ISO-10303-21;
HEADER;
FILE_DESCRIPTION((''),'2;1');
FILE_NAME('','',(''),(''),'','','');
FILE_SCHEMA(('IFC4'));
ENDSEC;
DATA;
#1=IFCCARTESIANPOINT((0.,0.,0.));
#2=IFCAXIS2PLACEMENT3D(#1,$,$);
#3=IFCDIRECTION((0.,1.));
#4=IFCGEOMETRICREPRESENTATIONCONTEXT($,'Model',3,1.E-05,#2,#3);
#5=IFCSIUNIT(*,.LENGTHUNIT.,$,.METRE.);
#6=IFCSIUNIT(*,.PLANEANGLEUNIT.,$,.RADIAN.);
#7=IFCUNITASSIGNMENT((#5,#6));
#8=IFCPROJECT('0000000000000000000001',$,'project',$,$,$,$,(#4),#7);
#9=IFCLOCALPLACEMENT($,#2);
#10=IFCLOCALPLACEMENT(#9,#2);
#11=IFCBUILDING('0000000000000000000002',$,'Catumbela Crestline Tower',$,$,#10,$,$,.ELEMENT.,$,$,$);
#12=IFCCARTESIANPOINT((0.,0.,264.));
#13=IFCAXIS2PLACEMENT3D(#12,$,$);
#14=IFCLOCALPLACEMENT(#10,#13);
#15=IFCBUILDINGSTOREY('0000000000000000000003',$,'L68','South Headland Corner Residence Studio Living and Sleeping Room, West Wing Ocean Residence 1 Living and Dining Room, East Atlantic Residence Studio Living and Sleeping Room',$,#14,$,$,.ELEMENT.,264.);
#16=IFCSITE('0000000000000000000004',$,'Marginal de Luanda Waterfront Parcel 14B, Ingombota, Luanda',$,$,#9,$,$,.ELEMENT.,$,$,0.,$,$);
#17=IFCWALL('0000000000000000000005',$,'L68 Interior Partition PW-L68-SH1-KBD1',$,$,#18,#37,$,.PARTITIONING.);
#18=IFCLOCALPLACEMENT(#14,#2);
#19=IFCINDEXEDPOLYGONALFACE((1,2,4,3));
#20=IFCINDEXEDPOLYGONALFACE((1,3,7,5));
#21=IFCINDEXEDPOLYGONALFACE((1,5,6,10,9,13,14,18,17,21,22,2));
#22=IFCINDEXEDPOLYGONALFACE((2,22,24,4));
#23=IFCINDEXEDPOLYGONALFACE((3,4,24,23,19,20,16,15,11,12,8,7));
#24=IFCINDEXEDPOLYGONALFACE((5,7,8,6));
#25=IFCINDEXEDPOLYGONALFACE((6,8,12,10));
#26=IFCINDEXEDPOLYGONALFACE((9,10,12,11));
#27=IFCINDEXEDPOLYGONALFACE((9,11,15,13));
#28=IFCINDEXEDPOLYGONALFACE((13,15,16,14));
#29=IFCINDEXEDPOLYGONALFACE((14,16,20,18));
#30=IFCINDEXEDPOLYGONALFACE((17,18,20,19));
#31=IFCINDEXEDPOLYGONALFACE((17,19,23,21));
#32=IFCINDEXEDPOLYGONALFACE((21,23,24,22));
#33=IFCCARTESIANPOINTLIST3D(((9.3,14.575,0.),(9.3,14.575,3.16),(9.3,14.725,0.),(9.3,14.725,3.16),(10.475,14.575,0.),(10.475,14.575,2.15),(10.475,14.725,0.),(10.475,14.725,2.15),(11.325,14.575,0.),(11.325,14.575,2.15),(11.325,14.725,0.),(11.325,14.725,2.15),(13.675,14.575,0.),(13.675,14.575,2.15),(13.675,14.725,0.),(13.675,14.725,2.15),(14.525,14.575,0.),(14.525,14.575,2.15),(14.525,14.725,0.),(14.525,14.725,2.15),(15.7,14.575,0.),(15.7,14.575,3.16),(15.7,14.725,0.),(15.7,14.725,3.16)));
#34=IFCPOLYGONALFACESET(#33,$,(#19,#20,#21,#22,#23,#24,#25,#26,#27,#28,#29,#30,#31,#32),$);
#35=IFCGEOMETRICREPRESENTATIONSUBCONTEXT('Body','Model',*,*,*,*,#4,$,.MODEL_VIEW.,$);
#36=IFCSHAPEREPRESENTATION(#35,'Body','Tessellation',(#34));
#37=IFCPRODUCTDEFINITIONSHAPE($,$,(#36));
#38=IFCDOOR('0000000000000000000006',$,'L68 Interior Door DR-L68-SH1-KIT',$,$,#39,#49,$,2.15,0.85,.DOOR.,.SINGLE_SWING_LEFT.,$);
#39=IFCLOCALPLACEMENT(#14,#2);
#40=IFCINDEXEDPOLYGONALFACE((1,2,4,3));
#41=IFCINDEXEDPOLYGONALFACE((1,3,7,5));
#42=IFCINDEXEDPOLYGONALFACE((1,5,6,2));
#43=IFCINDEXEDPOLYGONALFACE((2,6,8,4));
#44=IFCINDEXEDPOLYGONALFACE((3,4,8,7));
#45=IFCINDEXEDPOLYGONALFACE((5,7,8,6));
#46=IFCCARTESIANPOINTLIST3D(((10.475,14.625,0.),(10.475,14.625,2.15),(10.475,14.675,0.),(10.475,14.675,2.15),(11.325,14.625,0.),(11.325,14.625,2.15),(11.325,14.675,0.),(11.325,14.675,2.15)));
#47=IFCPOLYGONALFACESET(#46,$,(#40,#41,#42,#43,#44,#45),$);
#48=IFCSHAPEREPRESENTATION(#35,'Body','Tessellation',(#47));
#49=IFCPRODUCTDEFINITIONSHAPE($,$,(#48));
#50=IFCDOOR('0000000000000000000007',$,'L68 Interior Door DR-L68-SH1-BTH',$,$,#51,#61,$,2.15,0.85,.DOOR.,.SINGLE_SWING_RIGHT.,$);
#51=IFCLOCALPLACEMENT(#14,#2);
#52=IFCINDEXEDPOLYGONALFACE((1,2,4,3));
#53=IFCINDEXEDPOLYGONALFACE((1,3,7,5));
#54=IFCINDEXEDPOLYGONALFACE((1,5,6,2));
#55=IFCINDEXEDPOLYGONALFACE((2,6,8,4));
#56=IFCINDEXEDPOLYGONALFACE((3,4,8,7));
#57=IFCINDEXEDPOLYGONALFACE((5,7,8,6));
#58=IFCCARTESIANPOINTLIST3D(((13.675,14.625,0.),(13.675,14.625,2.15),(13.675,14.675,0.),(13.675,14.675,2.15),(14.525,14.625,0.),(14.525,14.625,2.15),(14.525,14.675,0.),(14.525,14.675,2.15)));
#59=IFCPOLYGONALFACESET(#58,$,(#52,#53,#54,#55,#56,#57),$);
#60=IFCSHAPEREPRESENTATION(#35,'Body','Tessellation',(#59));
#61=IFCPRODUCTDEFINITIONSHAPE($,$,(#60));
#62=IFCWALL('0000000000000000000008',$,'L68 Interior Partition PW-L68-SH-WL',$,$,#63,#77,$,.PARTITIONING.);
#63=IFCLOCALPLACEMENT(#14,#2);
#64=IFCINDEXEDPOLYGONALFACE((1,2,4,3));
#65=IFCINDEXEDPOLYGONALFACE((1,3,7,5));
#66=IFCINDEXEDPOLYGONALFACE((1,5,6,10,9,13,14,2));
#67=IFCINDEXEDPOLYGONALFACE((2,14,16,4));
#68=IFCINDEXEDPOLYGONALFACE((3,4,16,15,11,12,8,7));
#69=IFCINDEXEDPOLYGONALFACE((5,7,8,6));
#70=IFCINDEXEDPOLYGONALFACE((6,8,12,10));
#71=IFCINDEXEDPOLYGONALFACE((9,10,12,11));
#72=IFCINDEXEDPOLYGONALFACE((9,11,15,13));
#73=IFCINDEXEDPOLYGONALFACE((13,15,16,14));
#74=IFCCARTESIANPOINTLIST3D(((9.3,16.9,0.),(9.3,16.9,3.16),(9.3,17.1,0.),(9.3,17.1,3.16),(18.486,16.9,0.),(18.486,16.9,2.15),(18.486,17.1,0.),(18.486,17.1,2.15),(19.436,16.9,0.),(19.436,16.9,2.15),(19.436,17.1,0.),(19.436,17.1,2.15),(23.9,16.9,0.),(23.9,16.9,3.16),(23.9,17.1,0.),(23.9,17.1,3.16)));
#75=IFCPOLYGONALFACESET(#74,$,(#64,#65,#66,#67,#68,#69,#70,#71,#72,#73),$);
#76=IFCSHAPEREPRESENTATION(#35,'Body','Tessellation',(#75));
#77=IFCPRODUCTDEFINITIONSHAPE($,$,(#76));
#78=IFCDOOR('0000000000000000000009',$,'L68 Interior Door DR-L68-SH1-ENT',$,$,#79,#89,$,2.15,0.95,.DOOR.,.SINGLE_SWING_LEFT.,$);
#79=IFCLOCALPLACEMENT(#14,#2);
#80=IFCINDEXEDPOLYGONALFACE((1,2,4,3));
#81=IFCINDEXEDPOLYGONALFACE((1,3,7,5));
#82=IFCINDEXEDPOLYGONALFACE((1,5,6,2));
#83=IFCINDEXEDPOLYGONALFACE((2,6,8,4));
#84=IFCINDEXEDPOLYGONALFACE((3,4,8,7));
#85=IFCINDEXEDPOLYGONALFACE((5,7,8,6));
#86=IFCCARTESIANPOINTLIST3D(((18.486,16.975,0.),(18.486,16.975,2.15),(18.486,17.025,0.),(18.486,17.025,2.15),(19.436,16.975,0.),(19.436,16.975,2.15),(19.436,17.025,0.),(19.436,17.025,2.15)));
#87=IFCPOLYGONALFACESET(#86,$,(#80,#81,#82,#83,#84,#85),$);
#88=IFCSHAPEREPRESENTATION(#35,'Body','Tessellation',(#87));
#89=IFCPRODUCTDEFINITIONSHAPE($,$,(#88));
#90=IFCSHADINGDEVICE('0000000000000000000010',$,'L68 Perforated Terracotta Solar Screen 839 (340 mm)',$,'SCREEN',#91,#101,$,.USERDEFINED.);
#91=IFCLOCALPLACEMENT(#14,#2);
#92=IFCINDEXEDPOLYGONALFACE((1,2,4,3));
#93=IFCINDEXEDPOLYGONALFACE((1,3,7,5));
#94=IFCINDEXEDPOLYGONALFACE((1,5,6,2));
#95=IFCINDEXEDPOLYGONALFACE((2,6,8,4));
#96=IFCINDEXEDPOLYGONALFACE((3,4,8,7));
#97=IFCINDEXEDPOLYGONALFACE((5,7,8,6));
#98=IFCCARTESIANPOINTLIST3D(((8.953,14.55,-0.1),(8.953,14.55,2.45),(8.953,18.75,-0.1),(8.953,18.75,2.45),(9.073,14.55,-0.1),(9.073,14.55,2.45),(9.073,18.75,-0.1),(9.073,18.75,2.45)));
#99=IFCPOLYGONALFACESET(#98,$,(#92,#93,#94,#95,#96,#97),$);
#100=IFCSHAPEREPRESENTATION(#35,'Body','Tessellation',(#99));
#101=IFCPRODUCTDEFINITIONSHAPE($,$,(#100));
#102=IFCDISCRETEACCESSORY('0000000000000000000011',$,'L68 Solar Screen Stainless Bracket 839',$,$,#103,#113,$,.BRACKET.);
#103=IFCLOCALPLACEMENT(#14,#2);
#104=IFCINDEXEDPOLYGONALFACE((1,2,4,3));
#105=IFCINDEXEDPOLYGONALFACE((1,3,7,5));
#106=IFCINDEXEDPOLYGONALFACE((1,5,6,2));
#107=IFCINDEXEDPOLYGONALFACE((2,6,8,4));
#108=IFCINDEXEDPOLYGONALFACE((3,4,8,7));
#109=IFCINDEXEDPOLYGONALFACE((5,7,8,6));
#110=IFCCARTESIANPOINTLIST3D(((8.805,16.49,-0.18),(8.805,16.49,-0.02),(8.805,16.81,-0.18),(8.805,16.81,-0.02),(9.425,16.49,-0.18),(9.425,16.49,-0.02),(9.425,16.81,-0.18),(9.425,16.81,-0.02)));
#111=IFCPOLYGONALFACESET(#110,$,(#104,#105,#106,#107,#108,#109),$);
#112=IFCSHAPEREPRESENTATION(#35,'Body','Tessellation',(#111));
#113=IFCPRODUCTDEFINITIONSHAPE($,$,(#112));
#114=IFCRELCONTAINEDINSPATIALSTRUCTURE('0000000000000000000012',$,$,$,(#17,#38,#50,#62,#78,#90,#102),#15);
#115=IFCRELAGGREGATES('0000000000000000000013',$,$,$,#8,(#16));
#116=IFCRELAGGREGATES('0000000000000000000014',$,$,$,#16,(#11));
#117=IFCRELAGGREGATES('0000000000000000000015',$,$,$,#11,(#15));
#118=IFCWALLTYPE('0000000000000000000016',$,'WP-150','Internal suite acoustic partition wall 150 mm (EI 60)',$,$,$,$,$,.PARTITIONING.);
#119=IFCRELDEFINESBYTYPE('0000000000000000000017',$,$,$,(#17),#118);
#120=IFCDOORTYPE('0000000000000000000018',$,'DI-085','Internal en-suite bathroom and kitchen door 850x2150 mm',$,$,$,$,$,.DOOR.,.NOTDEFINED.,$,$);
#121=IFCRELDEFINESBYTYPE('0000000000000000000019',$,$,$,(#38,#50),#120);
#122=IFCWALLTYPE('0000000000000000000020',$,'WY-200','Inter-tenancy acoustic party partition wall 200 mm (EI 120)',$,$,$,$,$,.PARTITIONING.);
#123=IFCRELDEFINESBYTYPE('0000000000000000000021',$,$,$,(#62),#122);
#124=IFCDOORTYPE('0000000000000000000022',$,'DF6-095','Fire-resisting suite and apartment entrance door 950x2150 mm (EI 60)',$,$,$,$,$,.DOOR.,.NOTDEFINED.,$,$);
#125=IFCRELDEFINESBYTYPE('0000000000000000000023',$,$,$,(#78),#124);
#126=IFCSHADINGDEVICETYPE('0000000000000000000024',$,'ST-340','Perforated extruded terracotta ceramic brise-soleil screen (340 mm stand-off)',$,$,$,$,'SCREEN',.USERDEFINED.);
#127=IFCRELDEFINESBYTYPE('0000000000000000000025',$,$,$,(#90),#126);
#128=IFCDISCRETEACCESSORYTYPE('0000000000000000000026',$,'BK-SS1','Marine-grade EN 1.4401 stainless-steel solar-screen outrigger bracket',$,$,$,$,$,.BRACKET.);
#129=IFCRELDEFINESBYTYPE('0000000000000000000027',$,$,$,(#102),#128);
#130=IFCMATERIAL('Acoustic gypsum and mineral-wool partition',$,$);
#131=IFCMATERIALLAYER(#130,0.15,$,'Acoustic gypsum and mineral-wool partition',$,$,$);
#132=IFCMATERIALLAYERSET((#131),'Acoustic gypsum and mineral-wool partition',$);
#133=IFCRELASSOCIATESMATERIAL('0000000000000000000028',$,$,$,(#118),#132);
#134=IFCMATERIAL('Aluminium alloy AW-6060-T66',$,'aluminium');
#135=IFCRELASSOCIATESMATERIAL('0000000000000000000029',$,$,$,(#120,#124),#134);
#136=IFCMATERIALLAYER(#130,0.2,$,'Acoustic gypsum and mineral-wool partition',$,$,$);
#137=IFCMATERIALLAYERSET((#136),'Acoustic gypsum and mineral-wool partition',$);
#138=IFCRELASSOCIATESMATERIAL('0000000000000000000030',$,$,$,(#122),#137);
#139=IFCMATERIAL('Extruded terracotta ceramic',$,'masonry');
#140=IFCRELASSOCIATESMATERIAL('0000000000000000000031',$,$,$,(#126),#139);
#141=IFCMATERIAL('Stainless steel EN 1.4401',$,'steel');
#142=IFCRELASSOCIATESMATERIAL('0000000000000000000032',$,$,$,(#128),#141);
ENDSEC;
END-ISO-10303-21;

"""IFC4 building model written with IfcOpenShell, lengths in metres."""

from ifc_helpers import new_model, si_unit, direction, frame, frame_2d, origin, origin_2d, place, context, subcontext, project, spatial, rectangle, extrude, material, layer, layer_set, type_object, element, fill, save


model = new_model("IFC4")

# Units and contexts
model_context = context("Model", 3, precision=1e-05, world=origin(), true_north=direction((0.0, 1.0)))
body_context = subcontext(model_context, "Body", "Model", "MODEL_VIEW")
ifc_project = project(units=[si_unit("LENGTHUNIT", "METRE"), si_unit("PLANEANGLEUNIT", "RADIAN")], contexts=[model_context])

# Site, building, storey
site_placement = place(None, origin())
site = spatial("IfcSite", under=ifc_project, at=site_placement, Name="Marginal de Luanda Waterfront Parcel 14B, Ingombota, Luanda", CompositionType="ELEMENT", RefElevation=0.0)
building_placement = place(site_placement, origin())
building = spatial("IfcBuilding", under=site, at=building_placement, Name="Catumbela Crestline Tower", CompositionType="ELEMENT")
storey_placement = place(building_placement, frame((0.0, 0.0, 264.0)))
storey = spatial("IfcBuildingStorey", under=building, at=storey_placement, Name="L68", Description="South Headland Corner Residence Studio Living and Sleeping Room, West Wing Ocean Residence 1 Living and Dining Room, East Atlantic Residence Studio Living and Sleeping Room", CompositionType="ELEMENT", Elevation=264.0)

# Shared definitions
ifc_material_1 = material(Name="Aluminium alloy AW-6060-T66", Category="aluminium")

# Shared definitions
ifc_material_2 = material(Name="Acoustic gypsum and mineral-wool partition")
ifc_layer_1 = layer(ifc_material_2, 0.15, Name="Acoustic gypsum and mineral-wool partition")
ifc_layer_set_1 = layer_set([ifc_layer_1], Name="Acoustic gypsum and mineral-wool partition")
wall_type_1 = type_object("IfcWallType", Name="WP-150", Description="Internal suite acoustic partition wall 150 mm (EI 60)", PredefinedType="PARTITIONING", material=ifc_layer_set_1)

# Wall, openings, doors
wall_1_placement = place(storey_placement, frame((9.3, 14.65, 0.0), z_axis=(0.0, 0.0, 1.0), x_axis=(1.0, 0.0, 0.0)))
wall_1 = element("IfcWall", 1, at=wall_1_placement, inside=storey, type_object=wall_type_1, Name="L68 Interior Partition PW-L68-SH1-KBD1", PredefinedType="PARTITIONING", context=body_context, shape_type="SweptSolid", body=[
    extrude(rectangle(XDim=6.4, YDim=0.15, at=frame_2d((3.2, 0.0))), origin(), (0.0, 0.0, 1.0), 3.16),
])
opening_1_placement = place(wall_1_placement, frame((1.175, 0.0, 0.0)))
opening_1 = element("IfcOpeningElement", 2, at=opening_1_placement, cuts=wall_1, PredefinedType="OPENING", context=body_context, shape_type="SweptSolid", body=[
    extrude(rectangle(XDim=0.85, YDim=2.15, at=frame_2d((0.425, 1.075))), frame((0.0, 0.085, 0.0), z_axis=(0.0, -1.0, 0.0), x_axis=(1.0, 0.0, 0.0)), (0.0, 0.0, 1.0), 0.17),
])
opening_2_placement = place(wall_1_placement, frame((4.375, 0.0, 0.0)))
opening_2 = element("IfcOpeningElement", 3, at=opening_2_placement, cuts=wall_1, PredefinedType="OPENING", context=body_context, shape_type="SweptSolid", body=[
    extrude(rectangle(XDim=0.85, YDim=2.15, at=frame_2d((0.425, 1.075))), frame((0.0, 0.085, 0.0), z_axis=(0.0, -1.0, 0.0), x_axis=(1.0, 0.0, 0.0)), (0.0, 0.0, 1.0), 0.17),
])
door_type_1 = type_object("IfcDoorType", Name="DI-085", Description="Internal en-suite bathroom and kitchen door 850x2150 mm", OperationType="NOTDEFINED", PredefinedType="DOOR", material=ifc_material_1)
door_1_placement = place(opening_1_placement, origin())
door_1 = element("IfcDoor", 4, at=door_1_placement, inside=storey, type_object=door_type_1, Name="L68 Interior Door DR-L68-SH1-KIT", OperationType="SINGLE_SWING_LEFT", OverallHeight=2.15, OverallWidth=0.85, PredefinedType="DOOR", context=body_context, shape_type="SweptSolid", body=[
    extrude(rectangle(XDim=0.85, YDim=2.15, at=frame_2d((0.425, 1.075))), frame((0.0, 0.025, 0.0), z_axis=(0.0, -1.0, 0.0), x_axis=(1.0, 0.0, 0.0)), (0.0, 0.0, 1.0), 0.05),
])
fill(opening_1, door_1)
door_2_placement = place(opening_2_placement, origin())
door_2 = element("IfcDoor", 5, at=door_2_placement, inside=storey, type_object=door_type_1, Name="L68 Interior Door DR-L68-SH1-BTH", OperationType="SINGLE_SWING_RIGHT", OverallHeight=2.15, OverallWidth=0.85, PredefinedType="DOOR", context=body_context, shape_type="SweptSolid", body=[
    extrude(rectangle(XDim=0.85, YDim=2.15, at=frame_2d((0.425, 1.075))), frame((0.0, 0.025, 0.0), z_axis=(0.0, -1.0, 0.0), x_axis=(1.0, 0.0, 0.0)), (0.0, 0.0, 1.0), 0.05),
])
fill(opening_2, door_2)

# Wall, opening, door
ifc_layer_2 = layer(ifc_material_2, 0.2, Name="Acoustic gypsum and mineral-wool partition")
ifc_layer_set_2 = layer_set([ifc_layer_2], Name="Acoustic gypsum and mineral-wool partition")
wall_type_2 = type_object("IfcWallType", Name="WY-200", Description="Inter-tenancy acoustic party partition wall 200 mm (EI 120)", PredefinedType="PARTITIONING", material=ifc_layer_set_2)
wall_2_placement = place(storey_placement, frame((9.3, 17.0, 0.0), z_axis=(0.0, 0.0, 1.0), x_axis=(1.0, 0.0, 0.0)))
wall_2 = element("IfcWall", 6, at=wall_2_placement, inside=storey, type_object=wall_type_2, Name="L68 Interior Partition PW-L68-SH-WL", PredefinedType="PARTITIONING", context=body_context, shape_type="SweptSolid", body=[
    extrude(rectangle(XDim=14.6, YDim=0.2, at=frame_2d((7.3, 0.0))), origin(), (0.0, 0.0, 1.0), 3.16),
])
opening_3_placement = place(wall_2_placement, frame((9.186, 0.0, 0.0)))
opening_3 = element("IfcOpeningElement", 7, at=opening_3_placement, cuts=wall_2, PredefinedType="OPENING", context=body_context, shape_type="SweptSolid", body=[
    extrude(rectangle(XDim=0.95, YDim=2.15, at=frame_2d((0.475, 1.075))), frame((0.0, 0.11, 0.0), z_axis=(0.0, -1.0, 0.0), x_axis=(1.0, 0.0, 0.0)), (0.0, 0.0, 1.0), 0.22),
])
door_type_2 = type_object("IfcDoorType", Name="DF6-095", Description="Fire-resisting suite and apartment entrance door 950x2150 mm (EI 60)", OperationType="NOTDEFINED", PredefinedType="DOOR", material=ifc_material_1)
door_3_placement = place(opening_3_placement, origin())
door_3 = element("IfcDoor", 8, at=door_3_placement, inside=storey, type_object=door_type_2, Name="L68 Interior Door DR-L68-SH1-ENT", OperationType="SINGLE_SWING_LEFT", OverallHeight=2.15, OverallWidth=0.95, PredefinedType="DOOR", context=body_context, shape_type="SweptSolid", body=[
    extrude(rectangle(XDim=0.95, YDim=2.15, at=frame_2d((0.475, 1.075))), frame((0.0, 0.025, 0.0), z_axis=(0.0, -1.0, 0.0), x_axis=(1.0, 0.0, 0.0)), (0.0, 0.0, 1.0), 0.05),
])
fill(opening_3, door_3)

# Shared definitions
ifc_material_3 = material(Name="Stainless steel EN 1.4401", Category="steel")

# Shading device
ifc_material_4 = material(Name="Extruded terracotta ceramic", Category="masonry")
shading_device_type = type_object("IfcShadingDeviceType", Name="ST-340", Description="Perforated extruded terracotta ceramic brise-soleil screen (340 mm stand-off)", ElementType="SCREEN", PredefinedType="USERDEFINED", material=ifc_material_4)
shading_device_placement = place(storey_placement, frame((9.013, 16.65, -0.1), z_axis=(0.0, 0.0, 1.0), x_axis=(0.0, -1.0, 0.0)))
element("IfcShadingDevice", 9, at=shading_device_placement, inside=storey, type_object=shading_device_type, Name="L68 Perforated Terracotta Solar Screen 839 (340 mm)", ObjectType="SCREEN", PredefinedType="USERDEFINED", context=body_context, shape_type="SweptSolid", body=[
    extrude(rectangle(XDim=4.2, YDim=0.12, at=origin_2d()), origin(), (0.0, 0.0, 1.0), 2.55),
])

# Discrete accessory
discrete_accessory_type = type_object("IfcDiscreteAccessoryType", Name="BK-SS1", Description="Marine-grade EN 1.4401 stainless-steel solar-screen outrigger bracket", PredefinedType="BRACKET", material=ifc_material_3)
discrete_accessory_placement = place(storey_placement, frame((9.115, 16.65, -0.18), z_axis=(0.0, 0.0, 1.0), x_axis=(0.0, -1.0, 0.0)))
element("IfcDiscreteAccessory", 10, at=discrete_accessory_placement, inside=storey, type_object=discrete_accessory_type, Name="L68 Solar Screen Stainless Bracket 839", PredefinedType="BRACKET", context=body_context, shape_type="SweptSolid", body=[
    extrude(rectangle(XDim=0.32, YDim=0.62, at=origin_2d()), origin(), (0.0, 0.0, 1.0), 0.16),
])

save(model, "model.ifc")
